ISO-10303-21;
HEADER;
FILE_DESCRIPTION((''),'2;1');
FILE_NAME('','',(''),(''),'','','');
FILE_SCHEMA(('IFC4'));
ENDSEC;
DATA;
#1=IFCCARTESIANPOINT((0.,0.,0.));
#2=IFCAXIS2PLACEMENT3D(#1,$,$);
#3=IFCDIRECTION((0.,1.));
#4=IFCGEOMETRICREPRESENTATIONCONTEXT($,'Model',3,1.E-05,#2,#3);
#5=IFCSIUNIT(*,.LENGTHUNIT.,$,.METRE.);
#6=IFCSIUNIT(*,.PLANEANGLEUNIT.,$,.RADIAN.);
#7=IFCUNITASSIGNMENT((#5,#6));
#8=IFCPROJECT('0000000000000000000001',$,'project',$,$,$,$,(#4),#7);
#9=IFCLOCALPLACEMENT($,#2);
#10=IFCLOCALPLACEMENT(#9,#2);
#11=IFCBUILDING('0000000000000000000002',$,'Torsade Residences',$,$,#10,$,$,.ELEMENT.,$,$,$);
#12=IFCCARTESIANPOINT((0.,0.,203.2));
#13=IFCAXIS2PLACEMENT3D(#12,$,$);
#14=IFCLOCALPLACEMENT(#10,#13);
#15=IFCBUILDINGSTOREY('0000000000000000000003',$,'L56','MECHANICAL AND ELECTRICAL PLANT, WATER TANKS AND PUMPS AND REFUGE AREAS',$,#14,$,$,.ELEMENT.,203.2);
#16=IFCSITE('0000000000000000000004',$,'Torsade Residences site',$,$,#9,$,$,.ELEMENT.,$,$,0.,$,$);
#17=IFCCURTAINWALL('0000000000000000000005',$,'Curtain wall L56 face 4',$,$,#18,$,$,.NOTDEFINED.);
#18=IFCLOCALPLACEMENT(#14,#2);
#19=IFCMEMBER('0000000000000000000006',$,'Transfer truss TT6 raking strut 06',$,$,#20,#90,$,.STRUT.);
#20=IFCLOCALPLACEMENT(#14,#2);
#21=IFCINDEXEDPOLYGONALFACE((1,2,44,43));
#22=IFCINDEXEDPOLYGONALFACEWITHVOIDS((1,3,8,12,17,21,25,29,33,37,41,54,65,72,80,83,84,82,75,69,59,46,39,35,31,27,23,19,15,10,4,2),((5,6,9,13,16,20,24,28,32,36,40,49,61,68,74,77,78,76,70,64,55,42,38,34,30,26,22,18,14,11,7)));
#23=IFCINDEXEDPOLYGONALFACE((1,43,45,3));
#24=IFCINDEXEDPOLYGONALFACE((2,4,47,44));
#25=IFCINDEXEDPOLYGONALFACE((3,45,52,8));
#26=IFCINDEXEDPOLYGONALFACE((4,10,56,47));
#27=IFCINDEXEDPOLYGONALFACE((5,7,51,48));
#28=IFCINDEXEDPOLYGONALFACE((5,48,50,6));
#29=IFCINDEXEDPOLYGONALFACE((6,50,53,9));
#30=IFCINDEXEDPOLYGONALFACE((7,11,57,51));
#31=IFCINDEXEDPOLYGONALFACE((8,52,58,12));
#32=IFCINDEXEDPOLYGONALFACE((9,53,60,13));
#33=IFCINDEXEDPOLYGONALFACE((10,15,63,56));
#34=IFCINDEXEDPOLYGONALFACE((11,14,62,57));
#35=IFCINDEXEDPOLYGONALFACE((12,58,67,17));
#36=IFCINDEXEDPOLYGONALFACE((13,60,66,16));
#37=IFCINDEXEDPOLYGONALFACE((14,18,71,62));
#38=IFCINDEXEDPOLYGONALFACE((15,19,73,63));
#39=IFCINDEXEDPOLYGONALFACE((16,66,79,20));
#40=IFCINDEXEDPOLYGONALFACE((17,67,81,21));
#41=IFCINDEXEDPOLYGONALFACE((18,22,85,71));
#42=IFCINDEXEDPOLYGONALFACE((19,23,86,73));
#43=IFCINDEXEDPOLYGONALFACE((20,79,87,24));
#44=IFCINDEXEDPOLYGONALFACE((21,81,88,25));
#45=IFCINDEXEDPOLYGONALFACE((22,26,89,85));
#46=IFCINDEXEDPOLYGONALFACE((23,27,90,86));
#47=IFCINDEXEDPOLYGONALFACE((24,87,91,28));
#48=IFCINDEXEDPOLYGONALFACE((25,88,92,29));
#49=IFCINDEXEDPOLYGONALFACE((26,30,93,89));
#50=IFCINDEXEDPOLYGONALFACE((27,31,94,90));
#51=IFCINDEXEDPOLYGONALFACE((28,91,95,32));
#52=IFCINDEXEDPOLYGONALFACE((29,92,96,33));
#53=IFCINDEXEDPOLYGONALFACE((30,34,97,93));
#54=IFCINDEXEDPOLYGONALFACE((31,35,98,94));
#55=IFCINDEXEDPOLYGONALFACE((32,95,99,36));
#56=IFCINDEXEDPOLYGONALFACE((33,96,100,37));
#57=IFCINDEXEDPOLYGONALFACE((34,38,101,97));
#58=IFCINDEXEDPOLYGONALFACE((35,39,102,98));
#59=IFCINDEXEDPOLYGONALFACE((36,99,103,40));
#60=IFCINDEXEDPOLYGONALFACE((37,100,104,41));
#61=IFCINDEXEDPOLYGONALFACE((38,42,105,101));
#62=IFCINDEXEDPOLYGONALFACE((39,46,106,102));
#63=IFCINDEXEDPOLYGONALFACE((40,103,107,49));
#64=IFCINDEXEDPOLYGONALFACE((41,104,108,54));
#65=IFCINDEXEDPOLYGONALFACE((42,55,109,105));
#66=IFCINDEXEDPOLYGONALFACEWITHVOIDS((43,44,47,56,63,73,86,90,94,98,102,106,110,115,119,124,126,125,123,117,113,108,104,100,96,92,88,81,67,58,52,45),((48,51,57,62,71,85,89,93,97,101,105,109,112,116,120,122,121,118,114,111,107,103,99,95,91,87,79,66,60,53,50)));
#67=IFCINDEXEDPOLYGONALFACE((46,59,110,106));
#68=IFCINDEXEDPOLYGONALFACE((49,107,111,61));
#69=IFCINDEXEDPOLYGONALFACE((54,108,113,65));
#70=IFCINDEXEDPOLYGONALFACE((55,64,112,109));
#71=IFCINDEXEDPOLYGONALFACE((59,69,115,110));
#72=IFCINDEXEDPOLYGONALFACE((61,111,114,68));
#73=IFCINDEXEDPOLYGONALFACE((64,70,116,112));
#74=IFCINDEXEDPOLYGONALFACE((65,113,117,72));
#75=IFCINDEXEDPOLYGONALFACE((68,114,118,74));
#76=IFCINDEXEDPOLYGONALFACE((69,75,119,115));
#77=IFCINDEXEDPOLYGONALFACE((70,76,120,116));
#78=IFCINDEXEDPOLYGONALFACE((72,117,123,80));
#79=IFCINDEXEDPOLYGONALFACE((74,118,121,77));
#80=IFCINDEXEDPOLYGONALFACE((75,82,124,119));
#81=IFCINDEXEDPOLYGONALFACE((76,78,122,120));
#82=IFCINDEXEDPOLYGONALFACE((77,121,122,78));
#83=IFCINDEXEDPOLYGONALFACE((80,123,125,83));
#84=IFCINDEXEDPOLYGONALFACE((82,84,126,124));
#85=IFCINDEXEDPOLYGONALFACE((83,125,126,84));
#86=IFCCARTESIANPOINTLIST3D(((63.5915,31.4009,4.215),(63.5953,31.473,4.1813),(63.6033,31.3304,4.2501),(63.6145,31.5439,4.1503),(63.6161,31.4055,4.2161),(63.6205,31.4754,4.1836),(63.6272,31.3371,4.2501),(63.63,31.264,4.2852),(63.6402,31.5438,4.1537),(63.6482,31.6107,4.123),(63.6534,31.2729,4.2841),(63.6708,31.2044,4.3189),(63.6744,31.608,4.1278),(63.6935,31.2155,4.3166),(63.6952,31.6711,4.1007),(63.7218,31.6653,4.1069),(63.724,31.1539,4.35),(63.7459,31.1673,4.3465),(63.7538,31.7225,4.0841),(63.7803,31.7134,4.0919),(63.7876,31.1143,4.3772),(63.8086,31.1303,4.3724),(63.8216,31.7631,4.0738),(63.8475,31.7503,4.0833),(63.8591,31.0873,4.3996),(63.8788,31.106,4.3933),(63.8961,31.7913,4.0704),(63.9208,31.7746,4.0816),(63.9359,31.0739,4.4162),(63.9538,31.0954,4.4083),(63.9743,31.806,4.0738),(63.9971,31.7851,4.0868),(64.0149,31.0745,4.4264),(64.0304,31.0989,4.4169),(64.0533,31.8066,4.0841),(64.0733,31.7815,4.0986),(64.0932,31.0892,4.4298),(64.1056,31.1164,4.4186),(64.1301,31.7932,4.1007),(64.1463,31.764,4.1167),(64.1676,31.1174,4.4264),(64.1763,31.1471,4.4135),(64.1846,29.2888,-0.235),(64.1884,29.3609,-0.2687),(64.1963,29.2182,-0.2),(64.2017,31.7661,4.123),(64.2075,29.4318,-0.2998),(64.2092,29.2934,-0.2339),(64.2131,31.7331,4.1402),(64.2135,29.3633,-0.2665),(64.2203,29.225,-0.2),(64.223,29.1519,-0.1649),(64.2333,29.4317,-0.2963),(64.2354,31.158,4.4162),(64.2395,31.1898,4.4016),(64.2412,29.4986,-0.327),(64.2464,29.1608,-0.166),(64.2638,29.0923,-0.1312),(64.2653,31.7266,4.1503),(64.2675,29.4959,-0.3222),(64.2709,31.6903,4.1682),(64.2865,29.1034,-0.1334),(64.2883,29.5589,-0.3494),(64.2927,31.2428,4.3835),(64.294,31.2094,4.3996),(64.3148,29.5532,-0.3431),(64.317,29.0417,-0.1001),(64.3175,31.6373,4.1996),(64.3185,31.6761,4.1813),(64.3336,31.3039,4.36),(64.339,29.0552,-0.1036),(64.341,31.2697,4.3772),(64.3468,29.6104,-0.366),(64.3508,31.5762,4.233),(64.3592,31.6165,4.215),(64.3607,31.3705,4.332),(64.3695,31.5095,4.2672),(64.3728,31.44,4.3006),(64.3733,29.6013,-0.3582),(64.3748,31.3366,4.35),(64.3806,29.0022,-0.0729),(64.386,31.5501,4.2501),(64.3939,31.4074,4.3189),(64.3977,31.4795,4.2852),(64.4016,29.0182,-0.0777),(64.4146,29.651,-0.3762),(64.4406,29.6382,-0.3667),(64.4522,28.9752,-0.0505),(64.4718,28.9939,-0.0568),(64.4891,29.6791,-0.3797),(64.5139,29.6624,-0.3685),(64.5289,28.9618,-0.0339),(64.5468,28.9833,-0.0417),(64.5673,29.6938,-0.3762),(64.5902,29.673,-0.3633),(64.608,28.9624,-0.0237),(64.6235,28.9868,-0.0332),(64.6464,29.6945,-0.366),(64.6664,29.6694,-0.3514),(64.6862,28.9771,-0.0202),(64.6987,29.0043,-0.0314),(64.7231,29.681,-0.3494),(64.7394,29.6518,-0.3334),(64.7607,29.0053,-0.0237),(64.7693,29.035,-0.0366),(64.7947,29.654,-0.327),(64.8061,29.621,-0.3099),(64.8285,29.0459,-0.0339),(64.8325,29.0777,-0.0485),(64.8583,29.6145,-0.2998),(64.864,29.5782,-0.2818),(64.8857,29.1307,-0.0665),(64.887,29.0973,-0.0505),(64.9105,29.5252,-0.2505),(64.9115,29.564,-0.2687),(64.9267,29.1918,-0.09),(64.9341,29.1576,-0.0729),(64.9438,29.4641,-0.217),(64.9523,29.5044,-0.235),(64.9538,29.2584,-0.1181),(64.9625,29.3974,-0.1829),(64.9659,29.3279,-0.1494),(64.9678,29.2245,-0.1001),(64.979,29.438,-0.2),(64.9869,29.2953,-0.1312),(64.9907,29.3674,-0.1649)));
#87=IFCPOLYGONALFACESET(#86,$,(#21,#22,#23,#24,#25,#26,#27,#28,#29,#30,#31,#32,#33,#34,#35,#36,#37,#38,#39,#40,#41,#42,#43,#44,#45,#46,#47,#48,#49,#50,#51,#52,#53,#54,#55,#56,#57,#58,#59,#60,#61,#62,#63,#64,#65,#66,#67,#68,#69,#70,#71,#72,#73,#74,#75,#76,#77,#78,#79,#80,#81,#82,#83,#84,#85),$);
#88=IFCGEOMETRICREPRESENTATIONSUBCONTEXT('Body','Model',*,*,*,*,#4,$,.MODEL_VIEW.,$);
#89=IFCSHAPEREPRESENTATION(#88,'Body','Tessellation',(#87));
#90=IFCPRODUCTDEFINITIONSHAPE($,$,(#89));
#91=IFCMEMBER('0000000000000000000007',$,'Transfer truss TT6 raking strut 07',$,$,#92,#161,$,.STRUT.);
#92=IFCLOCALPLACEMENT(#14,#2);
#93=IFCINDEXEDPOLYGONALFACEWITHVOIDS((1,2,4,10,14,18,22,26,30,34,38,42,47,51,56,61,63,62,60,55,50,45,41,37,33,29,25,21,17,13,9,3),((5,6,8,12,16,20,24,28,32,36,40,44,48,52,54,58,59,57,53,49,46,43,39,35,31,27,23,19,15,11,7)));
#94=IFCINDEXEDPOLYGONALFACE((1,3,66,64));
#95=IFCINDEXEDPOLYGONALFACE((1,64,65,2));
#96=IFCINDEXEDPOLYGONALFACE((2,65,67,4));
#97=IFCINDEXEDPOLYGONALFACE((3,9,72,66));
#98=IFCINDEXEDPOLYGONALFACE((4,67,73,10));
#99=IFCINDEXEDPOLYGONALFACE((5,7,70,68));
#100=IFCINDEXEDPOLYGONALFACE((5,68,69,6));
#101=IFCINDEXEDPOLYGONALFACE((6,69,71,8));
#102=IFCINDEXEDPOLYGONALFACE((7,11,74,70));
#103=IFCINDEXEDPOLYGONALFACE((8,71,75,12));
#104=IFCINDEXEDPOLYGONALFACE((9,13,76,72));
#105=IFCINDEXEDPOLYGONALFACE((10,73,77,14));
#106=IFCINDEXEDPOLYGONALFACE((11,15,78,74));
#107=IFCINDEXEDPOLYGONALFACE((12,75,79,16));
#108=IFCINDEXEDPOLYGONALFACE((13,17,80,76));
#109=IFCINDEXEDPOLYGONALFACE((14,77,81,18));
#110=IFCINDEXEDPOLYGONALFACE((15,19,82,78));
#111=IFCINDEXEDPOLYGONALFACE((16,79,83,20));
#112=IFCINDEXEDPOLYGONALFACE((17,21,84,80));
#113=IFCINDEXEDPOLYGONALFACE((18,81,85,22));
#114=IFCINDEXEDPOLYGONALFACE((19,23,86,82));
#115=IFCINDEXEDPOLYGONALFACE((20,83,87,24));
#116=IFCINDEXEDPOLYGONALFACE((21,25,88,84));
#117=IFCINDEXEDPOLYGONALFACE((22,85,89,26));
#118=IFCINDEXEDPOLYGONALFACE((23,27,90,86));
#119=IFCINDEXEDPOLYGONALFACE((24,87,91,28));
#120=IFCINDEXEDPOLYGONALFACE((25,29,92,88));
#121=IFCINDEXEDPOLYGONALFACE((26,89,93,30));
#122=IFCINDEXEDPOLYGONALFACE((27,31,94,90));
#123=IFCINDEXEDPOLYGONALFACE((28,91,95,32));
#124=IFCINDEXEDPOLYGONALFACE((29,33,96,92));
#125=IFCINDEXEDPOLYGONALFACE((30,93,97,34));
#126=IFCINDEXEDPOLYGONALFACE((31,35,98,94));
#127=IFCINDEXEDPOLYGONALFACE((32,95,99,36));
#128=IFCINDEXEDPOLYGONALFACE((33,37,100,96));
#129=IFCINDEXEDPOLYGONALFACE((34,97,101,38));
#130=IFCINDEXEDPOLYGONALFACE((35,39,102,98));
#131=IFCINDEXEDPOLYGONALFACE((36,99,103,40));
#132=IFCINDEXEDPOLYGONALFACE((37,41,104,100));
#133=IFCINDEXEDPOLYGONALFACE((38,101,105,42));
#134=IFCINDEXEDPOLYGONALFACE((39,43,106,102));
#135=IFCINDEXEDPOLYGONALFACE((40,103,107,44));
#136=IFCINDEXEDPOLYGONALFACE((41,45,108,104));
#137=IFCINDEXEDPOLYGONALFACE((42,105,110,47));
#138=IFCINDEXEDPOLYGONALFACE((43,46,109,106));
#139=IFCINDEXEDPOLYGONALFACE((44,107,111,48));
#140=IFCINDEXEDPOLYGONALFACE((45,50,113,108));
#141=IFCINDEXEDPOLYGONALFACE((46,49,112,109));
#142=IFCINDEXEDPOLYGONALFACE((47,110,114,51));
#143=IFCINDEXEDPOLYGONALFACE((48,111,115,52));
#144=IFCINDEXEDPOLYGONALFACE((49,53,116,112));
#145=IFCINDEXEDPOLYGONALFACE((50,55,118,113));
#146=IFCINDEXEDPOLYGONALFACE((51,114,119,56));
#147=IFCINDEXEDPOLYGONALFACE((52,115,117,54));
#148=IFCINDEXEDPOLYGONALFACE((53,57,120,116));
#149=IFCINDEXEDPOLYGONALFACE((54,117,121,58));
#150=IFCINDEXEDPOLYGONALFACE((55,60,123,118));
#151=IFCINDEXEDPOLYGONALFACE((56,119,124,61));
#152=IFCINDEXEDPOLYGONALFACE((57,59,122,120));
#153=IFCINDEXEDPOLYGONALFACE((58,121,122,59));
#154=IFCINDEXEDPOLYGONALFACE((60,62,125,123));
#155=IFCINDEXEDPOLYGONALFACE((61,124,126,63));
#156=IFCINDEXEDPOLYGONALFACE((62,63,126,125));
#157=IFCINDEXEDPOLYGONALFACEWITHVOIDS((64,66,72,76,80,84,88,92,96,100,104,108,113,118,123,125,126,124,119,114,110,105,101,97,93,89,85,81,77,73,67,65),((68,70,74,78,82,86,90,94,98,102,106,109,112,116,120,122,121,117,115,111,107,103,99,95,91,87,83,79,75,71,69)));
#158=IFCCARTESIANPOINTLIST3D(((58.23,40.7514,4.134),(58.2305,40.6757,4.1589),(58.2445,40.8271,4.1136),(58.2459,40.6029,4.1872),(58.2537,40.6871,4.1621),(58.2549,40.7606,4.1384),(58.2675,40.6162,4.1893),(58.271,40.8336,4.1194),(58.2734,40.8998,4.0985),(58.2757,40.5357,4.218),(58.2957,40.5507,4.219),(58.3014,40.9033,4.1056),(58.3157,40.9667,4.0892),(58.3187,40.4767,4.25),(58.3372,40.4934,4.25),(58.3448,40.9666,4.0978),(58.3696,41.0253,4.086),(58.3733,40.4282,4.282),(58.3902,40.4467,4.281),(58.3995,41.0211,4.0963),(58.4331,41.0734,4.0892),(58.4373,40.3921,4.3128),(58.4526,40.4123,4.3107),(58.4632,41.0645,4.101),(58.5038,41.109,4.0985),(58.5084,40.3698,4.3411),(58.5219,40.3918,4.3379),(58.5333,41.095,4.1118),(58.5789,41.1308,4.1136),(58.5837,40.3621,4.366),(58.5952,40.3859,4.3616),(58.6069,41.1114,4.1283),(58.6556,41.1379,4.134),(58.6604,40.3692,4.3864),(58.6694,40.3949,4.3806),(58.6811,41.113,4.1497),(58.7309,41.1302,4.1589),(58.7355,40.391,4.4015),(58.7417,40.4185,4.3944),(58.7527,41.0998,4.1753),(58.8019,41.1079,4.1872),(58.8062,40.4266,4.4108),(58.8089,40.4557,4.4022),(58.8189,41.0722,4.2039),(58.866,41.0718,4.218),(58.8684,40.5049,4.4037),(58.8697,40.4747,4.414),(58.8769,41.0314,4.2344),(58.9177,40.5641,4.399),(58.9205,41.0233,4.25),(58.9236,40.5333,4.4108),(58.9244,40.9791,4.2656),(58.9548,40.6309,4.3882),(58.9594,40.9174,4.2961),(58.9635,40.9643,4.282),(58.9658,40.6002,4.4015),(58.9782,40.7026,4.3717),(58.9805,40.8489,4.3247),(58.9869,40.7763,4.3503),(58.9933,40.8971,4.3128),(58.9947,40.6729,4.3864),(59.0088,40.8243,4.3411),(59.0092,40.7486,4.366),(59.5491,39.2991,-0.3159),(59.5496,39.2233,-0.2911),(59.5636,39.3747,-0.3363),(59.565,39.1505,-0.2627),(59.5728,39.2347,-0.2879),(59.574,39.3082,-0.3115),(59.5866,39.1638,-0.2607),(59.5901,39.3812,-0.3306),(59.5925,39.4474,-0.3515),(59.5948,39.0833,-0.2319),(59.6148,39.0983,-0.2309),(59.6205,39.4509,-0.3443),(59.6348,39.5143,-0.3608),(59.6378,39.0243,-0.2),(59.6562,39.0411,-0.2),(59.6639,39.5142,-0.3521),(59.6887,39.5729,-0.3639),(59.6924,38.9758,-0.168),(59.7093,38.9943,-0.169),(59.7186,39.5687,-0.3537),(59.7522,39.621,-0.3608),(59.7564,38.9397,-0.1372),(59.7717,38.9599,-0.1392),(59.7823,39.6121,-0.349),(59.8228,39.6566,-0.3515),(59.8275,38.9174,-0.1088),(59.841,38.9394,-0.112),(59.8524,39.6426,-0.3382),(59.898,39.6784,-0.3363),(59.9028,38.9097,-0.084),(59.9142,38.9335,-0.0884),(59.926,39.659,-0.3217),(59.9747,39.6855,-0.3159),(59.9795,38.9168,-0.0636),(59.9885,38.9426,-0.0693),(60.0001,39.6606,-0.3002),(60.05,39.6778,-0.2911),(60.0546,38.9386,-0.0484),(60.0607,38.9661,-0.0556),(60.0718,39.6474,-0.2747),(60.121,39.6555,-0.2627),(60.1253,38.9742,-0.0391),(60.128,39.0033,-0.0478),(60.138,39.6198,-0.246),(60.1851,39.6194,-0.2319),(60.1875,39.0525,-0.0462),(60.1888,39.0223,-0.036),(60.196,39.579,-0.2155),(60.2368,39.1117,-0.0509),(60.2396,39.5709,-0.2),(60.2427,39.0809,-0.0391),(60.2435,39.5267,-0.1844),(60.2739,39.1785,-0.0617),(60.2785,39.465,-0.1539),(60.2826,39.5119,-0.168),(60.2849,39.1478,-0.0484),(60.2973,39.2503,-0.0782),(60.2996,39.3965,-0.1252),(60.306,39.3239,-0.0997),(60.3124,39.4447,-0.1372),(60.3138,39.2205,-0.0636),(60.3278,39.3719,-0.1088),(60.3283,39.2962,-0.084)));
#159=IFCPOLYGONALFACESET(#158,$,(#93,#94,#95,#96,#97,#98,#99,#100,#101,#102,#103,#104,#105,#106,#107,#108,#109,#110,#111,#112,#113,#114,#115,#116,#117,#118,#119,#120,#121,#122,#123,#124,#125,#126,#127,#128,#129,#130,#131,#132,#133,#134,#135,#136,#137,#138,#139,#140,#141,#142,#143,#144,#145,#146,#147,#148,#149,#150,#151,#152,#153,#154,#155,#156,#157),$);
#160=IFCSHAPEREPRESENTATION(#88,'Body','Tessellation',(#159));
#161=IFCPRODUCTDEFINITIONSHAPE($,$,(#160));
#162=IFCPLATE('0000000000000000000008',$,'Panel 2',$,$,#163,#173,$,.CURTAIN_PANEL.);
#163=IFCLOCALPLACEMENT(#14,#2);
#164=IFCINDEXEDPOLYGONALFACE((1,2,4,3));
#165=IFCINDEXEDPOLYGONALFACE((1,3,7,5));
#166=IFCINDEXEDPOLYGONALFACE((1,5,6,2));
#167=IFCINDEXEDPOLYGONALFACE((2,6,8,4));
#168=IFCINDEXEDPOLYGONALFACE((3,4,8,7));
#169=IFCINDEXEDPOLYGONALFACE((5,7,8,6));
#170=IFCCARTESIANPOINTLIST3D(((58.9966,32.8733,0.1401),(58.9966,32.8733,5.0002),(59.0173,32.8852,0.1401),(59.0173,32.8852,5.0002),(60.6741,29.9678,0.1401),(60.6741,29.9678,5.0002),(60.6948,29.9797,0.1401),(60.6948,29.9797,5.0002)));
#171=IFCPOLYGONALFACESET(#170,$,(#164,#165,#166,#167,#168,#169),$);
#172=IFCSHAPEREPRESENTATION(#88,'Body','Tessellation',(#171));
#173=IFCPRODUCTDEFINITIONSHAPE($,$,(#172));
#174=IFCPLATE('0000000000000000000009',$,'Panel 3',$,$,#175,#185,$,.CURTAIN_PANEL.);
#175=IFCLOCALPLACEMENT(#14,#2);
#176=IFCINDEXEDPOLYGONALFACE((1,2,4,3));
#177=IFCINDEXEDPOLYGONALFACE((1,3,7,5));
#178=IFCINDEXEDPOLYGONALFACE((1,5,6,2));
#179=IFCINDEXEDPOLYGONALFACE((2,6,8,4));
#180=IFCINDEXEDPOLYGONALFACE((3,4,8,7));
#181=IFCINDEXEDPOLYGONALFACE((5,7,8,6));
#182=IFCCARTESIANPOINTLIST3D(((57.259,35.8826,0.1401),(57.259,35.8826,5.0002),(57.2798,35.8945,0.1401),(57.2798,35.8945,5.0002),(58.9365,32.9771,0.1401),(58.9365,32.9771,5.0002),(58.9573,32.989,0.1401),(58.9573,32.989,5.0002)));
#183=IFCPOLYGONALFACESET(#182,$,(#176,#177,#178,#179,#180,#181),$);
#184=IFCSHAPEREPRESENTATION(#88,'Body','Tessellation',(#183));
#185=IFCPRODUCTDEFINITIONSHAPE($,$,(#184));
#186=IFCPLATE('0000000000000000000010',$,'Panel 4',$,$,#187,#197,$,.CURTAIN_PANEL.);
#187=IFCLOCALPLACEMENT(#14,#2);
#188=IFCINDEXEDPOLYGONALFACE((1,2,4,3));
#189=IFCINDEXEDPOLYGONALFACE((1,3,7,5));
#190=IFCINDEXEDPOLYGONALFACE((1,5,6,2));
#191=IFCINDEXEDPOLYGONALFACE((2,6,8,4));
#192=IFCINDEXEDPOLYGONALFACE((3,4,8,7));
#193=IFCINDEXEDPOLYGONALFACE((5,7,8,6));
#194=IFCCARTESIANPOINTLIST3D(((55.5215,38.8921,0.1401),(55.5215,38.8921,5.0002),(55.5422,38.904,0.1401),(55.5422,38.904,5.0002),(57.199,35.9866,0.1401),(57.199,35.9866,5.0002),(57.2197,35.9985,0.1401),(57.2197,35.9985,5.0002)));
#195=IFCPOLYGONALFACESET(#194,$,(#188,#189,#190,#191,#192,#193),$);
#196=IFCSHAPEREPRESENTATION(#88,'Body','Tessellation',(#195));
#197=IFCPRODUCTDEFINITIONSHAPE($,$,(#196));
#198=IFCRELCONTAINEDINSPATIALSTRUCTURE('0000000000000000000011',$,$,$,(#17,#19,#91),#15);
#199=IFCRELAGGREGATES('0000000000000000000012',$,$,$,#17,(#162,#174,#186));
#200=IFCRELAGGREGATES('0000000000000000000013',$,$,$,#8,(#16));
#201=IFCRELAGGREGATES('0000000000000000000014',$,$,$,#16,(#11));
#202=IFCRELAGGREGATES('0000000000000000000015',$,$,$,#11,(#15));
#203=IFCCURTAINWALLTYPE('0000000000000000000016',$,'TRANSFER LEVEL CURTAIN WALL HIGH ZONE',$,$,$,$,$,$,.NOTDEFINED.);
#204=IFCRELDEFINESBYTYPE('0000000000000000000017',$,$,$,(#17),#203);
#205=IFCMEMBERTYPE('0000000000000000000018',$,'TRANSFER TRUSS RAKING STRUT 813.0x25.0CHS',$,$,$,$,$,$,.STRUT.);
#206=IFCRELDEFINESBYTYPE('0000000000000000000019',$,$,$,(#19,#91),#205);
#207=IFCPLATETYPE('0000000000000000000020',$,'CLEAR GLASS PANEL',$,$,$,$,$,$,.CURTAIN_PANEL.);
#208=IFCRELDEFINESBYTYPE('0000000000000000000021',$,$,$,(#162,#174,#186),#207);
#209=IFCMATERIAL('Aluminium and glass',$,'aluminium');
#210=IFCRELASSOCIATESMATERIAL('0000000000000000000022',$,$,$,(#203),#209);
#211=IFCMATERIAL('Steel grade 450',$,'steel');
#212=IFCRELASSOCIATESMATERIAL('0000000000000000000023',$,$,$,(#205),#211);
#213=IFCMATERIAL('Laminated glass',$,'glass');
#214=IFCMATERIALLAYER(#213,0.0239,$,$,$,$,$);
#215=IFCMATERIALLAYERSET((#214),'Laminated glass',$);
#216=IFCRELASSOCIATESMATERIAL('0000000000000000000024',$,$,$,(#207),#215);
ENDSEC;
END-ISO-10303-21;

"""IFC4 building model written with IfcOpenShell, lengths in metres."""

from ifc_helpers import new_model, si_unit, direction, frame, origin, origin_2d, place, context, subcontext, project, spatial, rectangle, hollow_circle, extrude, material, layer, layer_set, material_profile, profile_set, type_object, element, aggregate, save


model = new_model("IFC4")

# Units and contexts
model_context = context("Model", 3, precision=1e-05, world=origin(), true_north=direction((0.0, 1.0)))
body_context = subcontext(model_context, "Body", "Model", "MODEL_VIEW")
ifc_project = project(units=[si_unit("LENGTHUNIT", "METRE"), si_unit("PLANEANGLEUNIT", "RADIAN")], contexts=[model_context])

# Site, building, storey
site_placement = place(None, origin())
site = spatial("IfcSite", under=ifc_project, at=site_placement, Name="Torsade Residences site", CompositionType="ELEMENT", RefElevation=0.0)
building_placement = place(site_placement, origin())
building = spatial("IfcBuilding", under=site, at=building_placement, Name="Torsade Residences", CompositionType="ELEMENT")
storey_placement = place(building_placement, frame((0.0, 0.0, 203.2)))
storey = spatial("IfcBuildingStorey", under=building, at=storey_placement, Name="L56", Description="MECHANICAL AND ELECTRICAL PLANT, WATER TANKS AND PUMPS AND REFUGE AREAS", CompositionType="ELEMENT", Elevation=203.2)

# Curtain wall
ifc_material_1 = material(Name="Aluminium and glass", Category="aluminium")
curtain_wall_type = type_object("IfcCurtainWallType", Name="TRANSFER LEVEL CURTAIN WALL HIGH ZONE", PredefinedType="NOTDEFINED", material=ifc_material_1)
curtain_wall_placement = place(storey_placement, origin())
curtain_wall = element("IfcCurtainWall", 1, at=curtain_wall_placement, inside=storey, type_object=curtain_wall_type, Name="Curtain wall L56 face 4", PredefinedType="NOTDEFINED")

# Members
ifc_material_2 = material(Name="Steel grade 450", Category="steel")
ifc_material_profile_1 = material_profile(ifc_material_2, hollow_circle(Radius=0.4065, WallThickness=0.0249, at=origin_2d()), Name="813.0x25.0CHS")
ifc_profile_set_1 = profile_set([ifc_material_profile_1], Name="Steel grade 450")
member_type_1 = type_object("IfcMemberType", Name="TRANSFER TRUSS RAKING STRUT 813.0x25.0CHS", PredefinedType="STRUT", material=ifc_profile_set_1)
member_1_placement = place(storey_placement, frame((64.5876, 29.3281, -0.2), z_axis=(-0.119529, 0.425707, 0.896932), x_axis=(-0.96277, -0.270323, 0.0)))
element("IfcMember", 2, at=member_1_placement, inside=storey, type_object=member_type_1, Name="Transfer truss TT6 raking strut 06", PredefinedType="STRUT", context=body_context, shape_type="SweptSolid", body=[
    extrude(hollow_circle(Radius=0.4065, WallThickness=0.0249, at=origin_2d()), origin(), (0.0, 0.0, 1.0), 4.9614),
])
member_2_placement = place(storey_placement, frame((59.9387, 39.2976, -0.2), z_axis=(-0.271235, 0.298645, 0.91501), x_axis=(-0.740261, -0.67232, 0.0)))
element("IfcMember", 3, at=member_2_placement, inside=storey, type_object=member_type_1, Name="Transfer truss TT6 raking strut 07", PredefinedType="STRUT", context=body_context, shape_type="SweptSolid", body=[
    extrude(hollow_circle(Radius=0.4065, WallThickness=0.0249, at=origin_2d()), origin(), (0.0, 0.0, 1.0), 4.8633),
])

# Plates
ifc_material_3 = material(Name="Laminated glass", Category="glass")
ifc_layer_1 = layer(ifc_material_3, 0.0239)
ifc_layer_set_1 = layer_set([ifc_layer_1], Name="Laminated glass")
plate_type = type_object("IfcPlateType", Name="CLEAR GLASS PANEL", PredefinedType="CURTAIN_PANEL", material=ifc_layer_set_1)
plate_1_placement = place(storey_placement, frame((59.8457, 31.4265, 0.1401), z_axis=(0.0, 0.0, 1.0), x_axis=(-0.5, 0.866025, 0.0)))
plate_1 = element("IfcPlate", 4, at=plate_1_placement, type_object=plate_type, Name="Panel 2", PredefinedType="CURTAIN_PANEL", context=body_context, shape_type="SweptSolid", body=[
    extrude(rectangle(XDim=3.355, YDim=0.0239, at=origin_2d()), origin(), (0.0, 0.0, 1.0), 4.8601),
])
plate_2_placement = place(storey_placement, frame((58.1082, 34.4358, 0.1401), z_axis=(0.0, 0.0, 1.0), x_axis=(-0.5, 0.866025, 0.0)))
plate_2 = element("IfcPlate", 5, at=plate_2_placement, type_object=plate_type, Name="Panel 3", PredefinedType="CURTAIN_PANEL", context=body_context, shape_type="SweptSolid", body=[
    extrude(rectangle(XDim=3.355, YDim=0.0239, at=origin_2d()), origin(), (0.0, 0.0, 1.0), 4.8601),
])
plate_3_placement = place(storey_placement, frame((56.3706, 37.4453, 0.1401), z_axis=(0.0, 0.0, 1.0), x_axis=(-0.5, 0.866025, 0.0)))
plate_3 = element("IfcPlate", 6, at=plate_3_placement, type_object=plate_type, Name="Panel 4", PredefinedType="CURTAIN_PANEL", context=body_context, shape_type="SweptSolid", body=[
    extrude(rectangle(XDim=3.355, YDim=0.0239, at=origin_2d()), origin(), (0.0, 0.0, 1.0), 4.8601),
])
aggregate(curtain_wall, [plate_1, plate_2, plate_3])

save(model, "model.ifc")
